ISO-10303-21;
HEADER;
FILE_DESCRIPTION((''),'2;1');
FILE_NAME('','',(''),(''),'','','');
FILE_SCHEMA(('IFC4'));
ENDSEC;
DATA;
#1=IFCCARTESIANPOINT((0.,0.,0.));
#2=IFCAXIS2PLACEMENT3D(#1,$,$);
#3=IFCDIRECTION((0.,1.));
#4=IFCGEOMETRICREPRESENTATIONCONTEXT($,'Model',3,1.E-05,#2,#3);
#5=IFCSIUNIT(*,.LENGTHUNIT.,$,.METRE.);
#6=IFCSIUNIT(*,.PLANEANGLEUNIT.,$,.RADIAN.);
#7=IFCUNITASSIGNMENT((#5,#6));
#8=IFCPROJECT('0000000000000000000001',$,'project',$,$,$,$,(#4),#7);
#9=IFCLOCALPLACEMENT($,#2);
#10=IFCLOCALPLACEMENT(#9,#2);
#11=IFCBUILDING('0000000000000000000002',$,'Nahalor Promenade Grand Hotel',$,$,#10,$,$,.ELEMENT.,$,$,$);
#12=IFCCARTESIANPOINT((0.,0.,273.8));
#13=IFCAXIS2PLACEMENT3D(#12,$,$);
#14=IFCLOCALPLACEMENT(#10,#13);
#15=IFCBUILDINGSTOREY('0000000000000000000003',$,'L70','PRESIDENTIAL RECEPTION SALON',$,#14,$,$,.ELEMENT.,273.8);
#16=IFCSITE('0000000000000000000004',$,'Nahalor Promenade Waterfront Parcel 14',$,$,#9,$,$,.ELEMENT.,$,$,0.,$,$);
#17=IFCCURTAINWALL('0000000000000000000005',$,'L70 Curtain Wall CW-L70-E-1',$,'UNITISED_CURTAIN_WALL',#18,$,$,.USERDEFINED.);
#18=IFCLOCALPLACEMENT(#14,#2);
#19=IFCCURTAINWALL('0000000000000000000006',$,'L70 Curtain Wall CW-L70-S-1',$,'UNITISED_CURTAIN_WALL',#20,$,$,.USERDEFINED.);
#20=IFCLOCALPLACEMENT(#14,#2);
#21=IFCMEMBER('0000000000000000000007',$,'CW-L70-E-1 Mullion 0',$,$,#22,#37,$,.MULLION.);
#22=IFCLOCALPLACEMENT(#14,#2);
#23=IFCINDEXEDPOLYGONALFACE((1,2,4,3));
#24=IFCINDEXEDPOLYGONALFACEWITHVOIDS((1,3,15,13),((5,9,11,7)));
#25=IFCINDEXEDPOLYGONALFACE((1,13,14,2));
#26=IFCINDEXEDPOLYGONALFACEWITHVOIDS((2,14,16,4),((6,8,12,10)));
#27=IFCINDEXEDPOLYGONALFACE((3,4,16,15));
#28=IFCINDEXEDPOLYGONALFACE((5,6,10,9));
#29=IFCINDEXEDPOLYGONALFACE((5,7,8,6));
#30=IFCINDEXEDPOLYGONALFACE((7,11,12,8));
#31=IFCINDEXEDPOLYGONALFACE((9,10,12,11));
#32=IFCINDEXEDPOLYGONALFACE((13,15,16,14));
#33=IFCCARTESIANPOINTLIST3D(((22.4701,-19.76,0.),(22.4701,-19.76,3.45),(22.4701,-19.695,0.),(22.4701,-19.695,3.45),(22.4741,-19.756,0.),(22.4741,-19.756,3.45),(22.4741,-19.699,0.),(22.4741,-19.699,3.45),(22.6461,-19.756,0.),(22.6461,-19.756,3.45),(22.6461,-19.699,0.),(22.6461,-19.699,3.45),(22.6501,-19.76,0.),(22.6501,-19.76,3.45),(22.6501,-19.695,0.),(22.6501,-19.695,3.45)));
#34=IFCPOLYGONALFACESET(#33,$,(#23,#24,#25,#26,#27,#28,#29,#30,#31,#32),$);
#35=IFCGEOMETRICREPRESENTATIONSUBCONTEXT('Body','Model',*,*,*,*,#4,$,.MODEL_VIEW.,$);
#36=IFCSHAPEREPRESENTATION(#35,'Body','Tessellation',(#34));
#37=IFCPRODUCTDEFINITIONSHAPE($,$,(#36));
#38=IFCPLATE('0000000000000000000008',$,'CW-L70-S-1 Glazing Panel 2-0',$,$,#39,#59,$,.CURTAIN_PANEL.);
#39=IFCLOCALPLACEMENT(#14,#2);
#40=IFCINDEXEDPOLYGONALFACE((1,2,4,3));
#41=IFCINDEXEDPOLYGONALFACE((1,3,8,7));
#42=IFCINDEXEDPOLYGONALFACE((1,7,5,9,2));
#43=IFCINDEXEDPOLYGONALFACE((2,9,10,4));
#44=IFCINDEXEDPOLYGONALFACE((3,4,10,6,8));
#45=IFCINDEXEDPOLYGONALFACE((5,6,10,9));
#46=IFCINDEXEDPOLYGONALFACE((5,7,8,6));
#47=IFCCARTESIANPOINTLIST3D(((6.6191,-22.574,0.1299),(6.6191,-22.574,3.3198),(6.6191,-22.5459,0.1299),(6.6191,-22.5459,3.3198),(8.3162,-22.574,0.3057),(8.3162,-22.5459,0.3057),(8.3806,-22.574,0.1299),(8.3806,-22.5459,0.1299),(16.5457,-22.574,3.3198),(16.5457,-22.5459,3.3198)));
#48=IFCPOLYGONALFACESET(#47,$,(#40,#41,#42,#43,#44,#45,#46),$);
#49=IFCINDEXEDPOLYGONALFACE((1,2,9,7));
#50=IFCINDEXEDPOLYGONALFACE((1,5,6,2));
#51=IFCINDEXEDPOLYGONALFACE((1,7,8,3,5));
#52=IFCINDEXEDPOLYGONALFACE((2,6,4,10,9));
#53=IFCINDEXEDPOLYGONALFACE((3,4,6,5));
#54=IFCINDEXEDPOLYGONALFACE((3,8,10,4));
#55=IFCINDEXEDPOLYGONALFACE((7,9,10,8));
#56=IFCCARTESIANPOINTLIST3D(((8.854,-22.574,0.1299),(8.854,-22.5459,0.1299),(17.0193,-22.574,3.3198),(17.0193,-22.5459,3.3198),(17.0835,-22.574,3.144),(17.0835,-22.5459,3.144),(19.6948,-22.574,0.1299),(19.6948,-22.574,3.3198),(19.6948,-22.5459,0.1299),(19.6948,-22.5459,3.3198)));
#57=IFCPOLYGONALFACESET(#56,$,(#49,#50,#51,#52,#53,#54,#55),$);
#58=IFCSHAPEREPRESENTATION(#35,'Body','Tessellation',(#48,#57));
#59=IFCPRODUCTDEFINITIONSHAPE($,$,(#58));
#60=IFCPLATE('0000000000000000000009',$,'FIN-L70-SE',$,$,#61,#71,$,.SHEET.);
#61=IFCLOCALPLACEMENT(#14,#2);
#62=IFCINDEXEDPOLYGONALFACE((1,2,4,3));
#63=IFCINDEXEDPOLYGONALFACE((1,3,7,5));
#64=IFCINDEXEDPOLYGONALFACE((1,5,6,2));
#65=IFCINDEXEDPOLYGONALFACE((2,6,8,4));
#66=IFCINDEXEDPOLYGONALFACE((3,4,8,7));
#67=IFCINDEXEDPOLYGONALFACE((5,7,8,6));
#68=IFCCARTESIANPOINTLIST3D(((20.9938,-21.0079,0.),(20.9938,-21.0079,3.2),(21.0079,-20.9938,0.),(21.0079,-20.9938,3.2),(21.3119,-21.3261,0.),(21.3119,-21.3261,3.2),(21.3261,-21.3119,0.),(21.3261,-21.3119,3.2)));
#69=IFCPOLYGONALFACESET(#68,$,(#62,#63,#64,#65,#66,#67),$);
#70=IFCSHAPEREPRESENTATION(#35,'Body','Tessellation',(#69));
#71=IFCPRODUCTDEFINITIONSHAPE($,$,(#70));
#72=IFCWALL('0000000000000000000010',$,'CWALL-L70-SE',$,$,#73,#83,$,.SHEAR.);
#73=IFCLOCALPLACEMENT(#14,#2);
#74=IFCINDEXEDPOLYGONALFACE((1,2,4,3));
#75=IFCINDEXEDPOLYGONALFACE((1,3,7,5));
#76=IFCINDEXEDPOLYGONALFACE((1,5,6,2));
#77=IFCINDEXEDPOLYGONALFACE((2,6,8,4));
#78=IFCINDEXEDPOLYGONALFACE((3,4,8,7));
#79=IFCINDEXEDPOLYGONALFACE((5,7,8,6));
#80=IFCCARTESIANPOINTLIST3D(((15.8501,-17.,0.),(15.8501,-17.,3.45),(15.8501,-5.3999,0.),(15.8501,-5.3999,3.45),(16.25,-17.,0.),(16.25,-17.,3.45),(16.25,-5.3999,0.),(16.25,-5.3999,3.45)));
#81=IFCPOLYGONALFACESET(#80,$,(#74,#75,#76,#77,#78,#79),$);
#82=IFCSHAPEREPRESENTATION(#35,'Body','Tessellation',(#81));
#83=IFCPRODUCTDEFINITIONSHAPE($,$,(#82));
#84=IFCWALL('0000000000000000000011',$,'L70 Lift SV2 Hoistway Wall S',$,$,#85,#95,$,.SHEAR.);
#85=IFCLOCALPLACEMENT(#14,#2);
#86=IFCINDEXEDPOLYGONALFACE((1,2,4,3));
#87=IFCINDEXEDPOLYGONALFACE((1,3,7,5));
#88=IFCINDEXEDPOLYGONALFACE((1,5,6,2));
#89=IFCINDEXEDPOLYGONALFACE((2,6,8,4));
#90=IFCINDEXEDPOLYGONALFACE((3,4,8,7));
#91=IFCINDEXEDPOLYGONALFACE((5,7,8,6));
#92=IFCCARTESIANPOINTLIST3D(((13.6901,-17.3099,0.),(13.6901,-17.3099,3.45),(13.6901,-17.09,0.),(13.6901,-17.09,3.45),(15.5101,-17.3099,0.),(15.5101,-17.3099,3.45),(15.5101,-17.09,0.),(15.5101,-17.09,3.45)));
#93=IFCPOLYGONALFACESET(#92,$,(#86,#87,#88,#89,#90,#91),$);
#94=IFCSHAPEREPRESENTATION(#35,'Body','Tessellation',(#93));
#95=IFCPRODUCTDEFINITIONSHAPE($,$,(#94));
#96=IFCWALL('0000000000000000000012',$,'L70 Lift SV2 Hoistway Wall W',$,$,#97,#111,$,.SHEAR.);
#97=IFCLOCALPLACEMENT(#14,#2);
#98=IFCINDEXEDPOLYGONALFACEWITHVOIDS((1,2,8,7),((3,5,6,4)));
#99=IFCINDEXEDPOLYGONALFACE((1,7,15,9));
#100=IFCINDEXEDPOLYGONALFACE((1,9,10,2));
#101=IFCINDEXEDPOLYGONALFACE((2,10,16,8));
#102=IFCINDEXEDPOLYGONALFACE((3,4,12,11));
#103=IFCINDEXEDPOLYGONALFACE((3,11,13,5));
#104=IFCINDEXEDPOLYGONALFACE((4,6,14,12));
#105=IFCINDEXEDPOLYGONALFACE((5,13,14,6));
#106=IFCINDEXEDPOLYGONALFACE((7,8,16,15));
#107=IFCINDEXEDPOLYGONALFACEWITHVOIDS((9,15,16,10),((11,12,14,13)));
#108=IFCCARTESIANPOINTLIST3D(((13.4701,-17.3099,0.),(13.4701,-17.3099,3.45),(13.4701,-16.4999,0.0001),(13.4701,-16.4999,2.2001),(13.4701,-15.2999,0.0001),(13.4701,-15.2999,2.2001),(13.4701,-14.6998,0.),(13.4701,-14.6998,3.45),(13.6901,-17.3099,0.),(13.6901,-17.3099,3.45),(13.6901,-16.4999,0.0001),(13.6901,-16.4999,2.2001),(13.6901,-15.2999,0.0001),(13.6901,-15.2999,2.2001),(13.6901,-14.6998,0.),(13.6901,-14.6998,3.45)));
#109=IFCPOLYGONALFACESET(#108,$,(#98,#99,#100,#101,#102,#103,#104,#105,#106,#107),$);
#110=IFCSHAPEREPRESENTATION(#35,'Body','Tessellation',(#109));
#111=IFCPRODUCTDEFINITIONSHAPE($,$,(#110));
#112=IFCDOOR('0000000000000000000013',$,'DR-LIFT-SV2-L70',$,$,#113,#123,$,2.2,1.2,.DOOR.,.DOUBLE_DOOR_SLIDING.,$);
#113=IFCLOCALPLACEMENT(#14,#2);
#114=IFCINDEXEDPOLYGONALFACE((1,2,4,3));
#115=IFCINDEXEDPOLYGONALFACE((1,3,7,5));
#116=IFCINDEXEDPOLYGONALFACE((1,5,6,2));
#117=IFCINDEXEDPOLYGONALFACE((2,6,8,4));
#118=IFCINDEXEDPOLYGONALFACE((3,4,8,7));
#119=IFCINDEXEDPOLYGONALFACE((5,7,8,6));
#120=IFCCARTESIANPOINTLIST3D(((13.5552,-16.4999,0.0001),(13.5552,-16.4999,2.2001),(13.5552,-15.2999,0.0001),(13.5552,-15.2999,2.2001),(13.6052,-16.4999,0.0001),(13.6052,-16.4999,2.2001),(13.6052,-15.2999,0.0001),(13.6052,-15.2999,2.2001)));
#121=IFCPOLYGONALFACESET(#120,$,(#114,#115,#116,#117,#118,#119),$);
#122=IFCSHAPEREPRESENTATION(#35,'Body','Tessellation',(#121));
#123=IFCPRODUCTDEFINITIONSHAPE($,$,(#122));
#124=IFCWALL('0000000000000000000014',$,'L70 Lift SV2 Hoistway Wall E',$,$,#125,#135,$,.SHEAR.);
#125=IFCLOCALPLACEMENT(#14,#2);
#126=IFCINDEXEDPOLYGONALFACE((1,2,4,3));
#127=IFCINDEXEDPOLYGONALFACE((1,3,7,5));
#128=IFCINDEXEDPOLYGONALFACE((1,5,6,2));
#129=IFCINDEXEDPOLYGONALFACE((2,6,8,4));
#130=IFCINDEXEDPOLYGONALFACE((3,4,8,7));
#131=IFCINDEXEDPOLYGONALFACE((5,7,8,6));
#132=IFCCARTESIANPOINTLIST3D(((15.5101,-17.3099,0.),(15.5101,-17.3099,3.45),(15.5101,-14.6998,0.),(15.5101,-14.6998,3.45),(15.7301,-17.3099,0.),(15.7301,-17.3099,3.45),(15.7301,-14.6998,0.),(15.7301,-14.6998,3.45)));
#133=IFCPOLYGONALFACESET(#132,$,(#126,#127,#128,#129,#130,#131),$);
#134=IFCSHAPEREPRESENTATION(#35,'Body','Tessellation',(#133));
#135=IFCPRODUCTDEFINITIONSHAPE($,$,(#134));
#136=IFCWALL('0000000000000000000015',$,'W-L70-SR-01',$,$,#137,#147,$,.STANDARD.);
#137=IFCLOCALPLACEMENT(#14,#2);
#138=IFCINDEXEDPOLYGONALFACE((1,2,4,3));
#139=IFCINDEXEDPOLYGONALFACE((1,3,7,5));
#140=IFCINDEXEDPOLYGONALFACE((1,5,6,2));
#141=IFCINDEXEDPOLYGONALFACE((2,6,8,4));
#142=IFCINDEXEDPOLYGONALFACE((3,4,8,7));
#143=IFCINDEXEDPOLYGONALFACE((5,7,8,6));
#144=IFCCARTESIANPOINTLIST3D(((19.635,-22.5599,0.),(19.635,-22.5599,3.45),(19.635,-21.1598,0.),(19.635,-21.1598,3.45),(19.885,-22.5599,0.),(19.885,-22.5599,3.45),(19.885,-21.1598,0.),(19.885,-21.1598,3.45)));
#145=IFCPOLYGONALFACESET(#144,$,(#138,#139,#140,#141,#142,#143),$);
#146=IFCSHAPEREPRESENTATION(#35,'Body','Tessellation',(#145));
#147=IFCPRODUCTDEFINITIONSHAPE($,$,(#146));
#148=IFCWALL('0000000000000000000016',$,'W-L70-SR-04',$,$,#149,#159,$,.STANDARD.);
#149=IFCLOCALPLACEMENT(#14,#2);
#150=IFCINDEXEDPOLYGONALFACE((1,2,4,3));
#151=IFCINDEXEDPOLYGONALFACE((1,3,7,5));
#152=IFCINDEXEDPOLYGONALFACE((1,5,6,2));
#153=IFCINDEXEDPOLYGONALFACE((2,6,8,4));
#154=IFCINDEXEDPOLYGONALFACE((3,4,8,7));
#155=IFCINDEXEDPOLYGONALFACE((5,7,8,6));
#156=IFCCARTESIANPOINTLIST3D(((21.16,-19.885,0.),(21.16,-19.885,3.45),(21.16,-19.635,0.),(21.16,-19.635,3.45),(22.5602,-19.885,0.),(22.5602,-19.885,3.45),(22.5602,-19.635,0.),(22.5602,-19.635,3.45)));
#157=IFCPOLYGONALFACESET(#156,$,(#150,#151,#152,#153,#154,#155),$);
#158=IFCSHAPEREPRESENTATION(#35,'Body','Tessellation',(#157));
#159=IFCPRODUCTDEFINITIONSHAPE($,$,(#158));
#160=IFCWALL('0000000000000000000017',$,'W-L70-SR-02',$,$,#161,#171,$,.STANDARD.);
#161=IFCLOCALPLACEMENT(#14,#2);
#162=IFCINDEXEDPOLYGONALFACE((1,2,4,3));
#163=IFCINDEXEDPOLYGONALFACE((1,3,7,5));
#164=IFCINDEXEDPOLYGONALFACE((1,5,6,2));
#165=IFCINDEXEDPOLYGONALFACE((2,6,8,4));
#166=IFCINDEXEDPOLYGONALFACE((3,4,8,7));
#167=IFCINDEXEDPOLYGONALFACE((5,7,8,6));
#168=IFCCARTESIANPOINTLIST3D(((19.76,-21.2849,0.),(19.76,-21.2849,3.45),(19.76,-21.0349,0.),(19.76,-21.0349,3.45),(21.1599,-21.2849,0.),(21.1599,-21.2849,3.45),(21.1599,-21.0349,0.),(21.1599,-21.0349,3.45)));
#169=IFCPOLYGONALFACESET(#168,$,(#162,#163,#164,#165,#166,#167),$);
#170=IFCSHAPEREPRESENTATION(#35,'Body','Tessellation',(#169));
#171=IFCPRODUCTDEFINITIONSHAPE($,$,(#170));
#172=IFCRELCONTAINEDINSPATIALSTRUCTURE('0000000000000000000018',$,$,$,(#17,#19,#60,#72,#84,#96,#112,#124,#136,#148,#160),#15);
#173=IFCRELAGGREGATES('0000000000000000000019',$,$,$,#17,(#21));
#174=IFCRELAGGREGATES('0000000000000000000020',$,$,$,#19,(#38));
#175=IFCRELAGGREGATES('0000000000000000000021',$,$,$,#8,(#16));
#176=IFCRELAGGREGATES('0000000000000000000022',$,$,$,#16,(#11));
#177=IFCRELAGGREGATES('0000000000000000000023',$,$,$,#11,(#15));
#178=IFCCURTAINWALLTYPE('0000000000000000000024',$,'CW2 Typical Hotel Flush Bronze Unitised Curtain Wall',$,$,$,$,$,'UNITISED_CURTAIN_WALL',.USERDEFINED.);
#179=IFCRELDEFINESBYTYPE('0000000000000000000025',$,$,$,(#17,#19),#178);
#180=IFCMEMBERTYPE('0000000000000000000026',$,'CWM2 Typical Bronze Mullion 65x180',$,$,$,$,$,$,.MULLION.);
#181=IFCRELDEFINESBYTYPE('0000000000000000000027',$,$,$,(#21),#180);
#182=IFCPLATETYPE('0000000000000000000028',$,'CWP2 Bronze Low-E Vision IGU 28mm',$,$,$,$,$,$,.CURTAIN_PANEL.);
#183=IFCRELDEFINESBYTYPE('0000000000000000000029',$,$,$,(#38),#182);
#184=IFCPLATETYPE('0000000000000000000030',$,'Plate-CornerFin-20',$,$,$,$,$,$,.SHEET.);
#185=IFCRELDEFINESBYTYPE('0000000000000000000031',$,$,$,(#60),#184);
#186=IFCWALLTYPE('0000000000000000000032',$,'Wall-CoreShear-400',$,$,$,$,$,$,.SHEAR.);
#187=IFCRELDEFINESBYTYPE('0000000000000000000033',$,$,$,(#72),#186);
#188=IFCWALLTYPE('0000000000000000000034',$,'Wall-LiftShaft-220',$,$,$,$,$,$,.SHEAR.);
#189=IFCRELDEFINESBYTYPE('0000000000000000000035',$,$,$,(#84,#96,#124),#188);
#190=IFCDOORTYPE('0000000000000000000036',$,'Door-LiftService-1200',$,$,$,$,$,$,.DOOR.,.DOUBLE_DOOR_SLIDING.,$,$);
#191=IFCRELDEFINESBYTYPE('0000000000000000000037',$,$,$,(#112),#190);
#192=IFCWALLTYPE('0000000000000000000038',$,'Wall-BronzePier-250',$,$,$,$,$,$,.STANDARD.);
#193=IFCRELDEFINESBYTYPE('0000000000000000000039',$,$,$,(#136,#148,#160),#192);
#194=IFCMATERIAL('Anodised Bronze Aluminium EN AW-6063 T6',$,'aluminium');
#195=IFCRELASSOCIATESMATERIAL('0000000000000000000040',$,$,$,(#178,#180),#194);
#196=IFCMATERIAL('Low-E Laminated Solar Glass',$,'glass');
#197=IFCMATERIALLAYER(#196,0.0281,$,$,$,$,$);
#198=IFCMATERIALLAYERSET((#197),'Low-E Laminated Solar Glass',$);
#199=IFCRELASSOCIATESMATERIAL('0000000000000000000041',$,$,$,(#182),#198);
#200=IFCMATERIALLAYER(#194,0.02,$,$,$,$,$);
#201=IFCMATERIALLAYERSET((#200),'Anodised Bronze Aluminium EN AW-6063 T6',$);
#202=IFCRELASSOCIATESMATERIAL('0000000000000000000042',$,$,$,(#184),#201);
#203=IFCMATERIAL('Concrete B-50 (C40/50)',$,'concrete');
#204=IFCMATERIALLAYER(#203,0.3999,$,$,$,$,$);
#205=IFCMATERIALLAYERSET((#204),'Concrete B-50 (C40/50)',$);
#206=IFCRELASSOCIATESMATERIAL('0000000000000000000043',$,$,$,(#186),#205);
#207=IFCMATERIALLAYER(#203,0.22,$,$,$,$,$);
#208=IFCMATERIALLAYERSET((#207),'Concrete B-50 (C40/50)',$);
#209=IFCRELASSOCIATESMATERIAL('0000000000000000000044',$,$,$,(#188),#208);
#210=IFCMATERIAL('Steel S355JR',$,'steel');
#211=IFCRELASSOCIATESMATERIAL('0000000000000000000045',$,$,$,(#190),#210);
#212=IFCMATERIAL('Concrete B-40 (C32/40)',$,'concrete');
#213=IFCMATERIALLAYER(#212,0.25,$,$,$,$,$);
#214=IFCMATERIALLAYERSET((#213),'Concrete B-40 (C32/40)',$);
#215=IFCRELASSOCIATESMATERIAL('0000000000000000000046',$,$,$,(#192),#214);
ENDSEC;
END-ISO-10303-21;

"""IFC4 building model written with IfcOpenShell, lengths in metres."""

from ifc_helpers import new_model, si_unit, direction, frame, frame_2d, origin, origin_2d, place, context, subcontext, project, spatial, polyline, rectangle, hollow_rectangle, outline, extrude, source, transform, mapped, material, layer, layer_set, material_profile, profile_set, type_object, element, fill, aggregate, save


model = new_model("IFC4")

# Units and contexts
model_context = context("Model", 3, precision=1e-05, world=origin(), true_north=direction((0.0, 1.0)))
body_context = subcontext(model_context, "Body", "Model", "MODEL_VIEW")
ifc_project = project(units=[si_unit("LENGTHUNIT", "METRE"), si_unit("PLANEANGLEUNIT", "RADIAN")], contexts=[model_context])

# Site, building, storey
site_placement = place(None, origin())
site = spatial("IfcSite", under=ifc_project, at=site_placement, Name="Nahalor Promenade Waterfront Parcel 14", CompositionType="ELEMENT", RefElevation=0.0)
building_placement = place(site_placement, origin())
building = spatial("IfcBuilding", under=site, at=building_placement, Name="Nahalor Promenade Grand Hotel", CompositionType="ELEMENT")
storey_placement = place(building_placement, frame((0.0, 0.0, 273.8)))
storey = spatial("IfcBuildingStorey", under=building, at=storey_placement, Name="L70", Description="PRESIDENTIAL RECEPTION SALON", CompositionType="ELEMENT", Elevation=273.8)

# Shared definitions
ifc_material_1 = material(Name="Concrete B-50 (C40/50)", Category="concrete")
ifc_material_2 = material(Name="Steel S355JR", Category="steel")

# Curtain wall
ifc_material_3 = material(Name="Anodised Bronze Aluminium EN AW-6063 T6", Category="aluminium")
curtain_wall_type = type_object("IfcCurtainWallType", Name="CW2 Typical Hotel Flush Bronze Unitised Curtain Wall", ElementType="UNITISED_CURTAIN_WALL", PredefinedType="USERDEFINED", material=ifc_material_3)
curtain_wall_1_placement = place(storey_placement, origin())
curtain_wall_1 = element("IfcCurtainWall", 1, at=curtain_wall_1_placement, inside=storey, type_object=curtain_wall_type, Name="L70 Curtain Wall CW-L70-E-1", ObjectType="UNITISED_CURTAIN_WALL", PredefinedType="USERDEFINED")

# Curtain wall
curtain_wall_2_placement = place(storey_placement, origin())
curtain_wall_2 = element("IfcCurtainWall", 2, at=curtain_wall_2_placement, inside=storey, type_object=curtain_wall_type, Name="L70 Curtain Wall CW-L70-S-1", ObjectType="UNITISED_CURTAIN_WALL", PredefinedType="USERDEFINED")
ifc_material_profile_1 = material_profile(ifc_material_3, hollow_rectangle(XDim=0.065, YDim=0.18, WallThickness=0.004, at=origin_2d()), Name="CWM 65x180x4")
ifc_profile_set_1 = profile_set([ifc_material_profile_1], Name="Anodised Bronze Aluminium EN AW-6063 T6")
member_type_1 = type_object("IfcMemberType", Name="CWM2 Typical Bronze Mullion 65x180", PredefinedType="MULLION", material=ifc_profile_set_1)
shared_shape_1 = source(origin(), body_context, "Body", "SweptSolid", [
    extrude(hollow_rectangle(XDim=0.065, YDim=0.18, WallThickness=0.004, at=origin_2d()), origin(), (0.0, 0.0, 1.0), 3.45),
])

# Member
member_1_placement = place(storey_placement, frame((22.5601, -19.7275, 0.0), z_axis=(0.0, 0.0, 1.0), x_axis=(0.0, 1.0, 0.0)))
member_1 = element("IfcMember", 3, at=member_1_placement, type_object=member_type_1, Name="CW-L70-E-1 Mullion 0", PredefinedType="MULLION", context=body_context, shape_type="MappedRepresentation", body=[
    mapped(shared_shape_1, transform((0.0, 0.0, 0.0), scale=1.0)),
])
aggregate(curtain_wall_1, [member_1])

# Plates
ifc_material_4 = material(Name="Low-E Laminated Solar Glass", Category="glass")
ifc_layer_1 = layer(ifc_material_4, 0.0281)
ifc_layer_set_1 = layer_set([ifc_layer_1], Name="Low-E Laminated Solar Glass")
plate_type_1 = type_object("IfcPlateType", Name="CWP2 Bronze Low-E Vision IGU 28mm", PredefinedType="CURTAIN_PANEL", material=ifc_layer_set_1)
plate_1_placement = place(storey_placement, frame((13.157, -22.5601, 0.1299), z_axis=(0.0, 0.0, 1.0), x_axis=(1.0, 0.0, 0.0)))
plate_1 = element("IfcPlate", 4, at=plate_1_placement, type_object=plate_type_1, Name="CW-L70-S-1 Glazing Panel 2-0", PredefinedType="CURTAIN_PANEL", context=body_context, shape_type="SweptSolid", body=[
    extrude(outline(polyline([(-6.5378, 3.1899), (-6.5378, 0.0), (-4.7764, 0.0), (-4.8408, 0.1758), (3.3887, 3.1899), (-6.5378, 3.1899)])), frame((0.0, 0.0142, 0.0), z_axis=(0.0, -1.0, 0.0), x_axis=(1.0, 0.0, 0.0)), (0.0, 0.0, 1.0), 0.0281),
    extrude(outline(polyline([(6.5378, 0.0), (6.5378, 3.1899), (3.8623, 3.1899), (3.9265, 3.0142), (-4.303, 0.0), (6.5378, 0.0)])), frame((0.0, 0.0142, 0.0), z_axis=(0.0, -1.0, 0.0), x_axis=(1.0, 0.0, 0.0)), (0.0, 0.0, 1.0), 0.0281),
])
aggregate(curtain_wall_2, [plate_1])
ifc_layer_2 = layer(ifc_material_3, 0.02)
ifc_layer_set_2 = layer_set([ifc_layer_2], Name="Anodised Bronze Aluminium EN AW-6063 T6")
plate_type_2 = type_object("IfcPlateType", Name="Plate-CornerFin-20", PredefinedType="SHEET", material=ifc_layer_set_2)
shared_shape_2 = source(origin(), body_context, "Body", "SweptSolid", [
    extrude(rectangle(XDim=0.45, YDim=0.02, at=origin_2d()), origin(), (0.0, 0.0, 1.0), 3.2),
])
plate_2_placement = place(storey_placement, frame((21.1599, -21.1599, 0.0), z_axis=(0.0, 0.0, 1.0), x_axis=(-0.707107, 0.707107, 0.0)))
element("IfcPlate", 5, at=plate_2_placement, inside=storey, type_object=plate_type_2, Name="FIN-L70-SE", PredefinedType="SHEET", context=body_context, shape_type="MappedRepresentation", body=[
    mapped(shared_shape_2, transform((0.0, 0.0, 0.0), scale=1.0)),
])

# Walls
ifc_layer_3 = layer(ifc_material_1, 0.3999)
ifc_layer_set_3 = layer_set([ifc_layer_3], Name="Concrete B-50 (C40/50)")
wall_type_1 = type_object("IfcWallType", Name="Wall-CoreShear-400", PredefinedType="SHEAR", material=ifc_layer_set_3)
shared_shape_3 = source(origin(), body_context, "Body", "SweptSolid", [
    extrude(rectangle(XDim=11.6001, YDim=0.3999, at=frame_2d((5.8, 0.0))), origin(), (0.0, 0.0, 1.0), 3.45),
])
wall_1_placement = place(storey_placement, frame((16.05, -17.0, 0.0), z_axis=(0.0, 0.0, 1.0), x_axis=(0.0, 1.0, 0.0)))
element("IfcWall", 6, at=wall_1_placement, inside=storey, type_object=wall_type_1, Name="CWALL-L70-SE", PredefinedType="SHEAR", context=body_context, shape_type="MappedRepresentation", body=[
    mapped(shared_shape_3, transform((0.0, 0.0, 0.0), scale=1.0)),
])
ifc_layer_4 = layer(ifc_material_1, 0.22)
ifc_layer_set_4 = layer_set([ifc_layer_4], Name="Concrete B-50 (C40/50)")
wall_type_2 = type_object("IfcWallType", Name="Wall-LiftShaft-220", PredefinedType="SHEAR", material=ifc_layer_set_4)
shared_shape_4 = source(origin(), body_context, "Body", "SweptSolid", [
    extrude(rectangle(XDim=1.8201, YDim=0.22, at=frame_2d((0.9102, 0.0))), origin(), (0.0, 0.0, 1.0), 3.45),
])
wall_2_placement = place(storey_placement, frame((13.6899, -17.2, 0.0), z_axis=(0.0, 0.0, 1.0), x_axis=(1.0, 0.0, 0.0)))
element("IfcWall", 7, at=wall_2_placement, inside=storey, type_object=wall_type_2, Name="L70 Lift SV2 Hoistway Wall S", PredefinedType="SHEAR", context=body_context, shape_type="MappedRepresentation", body=[
    mapped(shared_shape_4, transform((0.0, 0.0, 0.0), scale=1.0)),
])

# Wall, opening, door
shared_shape_5 = source(origin(), body_context, "Body", "SweptSolid", [
    extrude(rectangle(XDim=2.6101, YDim=0.22, at=frame_2d((1.3052, 0.0))), origin(), (0.0, 0.0, 1.0), 3.45),
])
wall_3_placement = place(storey_placement, frame((13.5801, -17.3101, 0.0), z_axis=(0.0, 0.0, 1.0), x_axis=(0.0, 1.0, 0.0)))
wall_3 = element("IfcWall", 8, at=wall_3_placement, inside=storey, type_object=wall_type_2, Name="L70 Lift SV2 Hoistway Wall W", PredefinedType="SHEAR", context=body_context, shape_type="MappedRepresentation", body=[
    mapped(shared_shape_5, transform((0.0, 0.0, 0.0), scale=1.0)),
])
opening_placement = place(wall_3_placement, frame((0.8101, 0.0, 0.0)))
opening = element("IfcOpeningElement", 9, at=opening_placement, cuts=wall_3, PredefinedType="OPENING", context=body_context, shape_type="SweptSolid", body=[
    extrude(rectangle(XDim=1.2, YDim=2.2, at=frame_2d((0.6001, 1.1001))), frame((0.0, 0.1199, 0.0), z_axis=(0.0, -1.0, 0.0), x_axis=(1.0, 0.0, 0.0)), (0.0, 0.0, 1.0), 0.24),
])
door_type = type_object("IfcDoorType", Name="Door-LiftService-1200", OperationType="DOUBLE_DOOR_SLIDING", PredefinedType="DOOR", material=ifc_material_2)
shared_shape_6 = source(origin(), body_context, "Body", "SweptSolid", [
    extrude(rectangle(XDim=1.2, YDim=2.2, at=frame_2d((0.6001, 1.1001))), frame((0.0, 0.0249, 0.0), z_axis=(0.0, -1.0, 0.0), x_axis=(1.0, 0.0, 0.0)), (0.0, 0.0, 1.0), 0.05),
])
door_placement = place(opening_placement, origin())
door = element("IfcDoor", 10, at=door_placement, inside=storey, type_object=door_type, Name="DR-LIFT-SV2-L70", OperationType="DOUBLE_DOOR_SLIDING", OverallHeight=2.2, OverallWidth=1.2, PredefinedType="DOOR", context=body_context, shape_type="MappedRepresentation", body=[
    mapped(shared_shape_6, transform((0.0, 0.0, 0.0), scale=1.0)),
])
fill(opening, door)

# Walls
wall_4_placement = place(storey_placement, frame((15.6201, -17.3101, 0.0), z_axis=(0.0, 0.0, 1.0), x_axis=(0.0, 1.0, 0.0)))
element("IfcWall", 11, at=wall_4_placement, inside=storey, type_object=wall_type_2, Name="L70 Lift SV2 Hoistway Wall E", PredefinedType="SHEAR", context=body_context, shape_type="MappedRepresentation", body=[
    mapped(shared_shape_5, transform((0.0, 0.0, 0.0), scale=1.0)),
])
ifc_material_5 = material(Name="Concrete B-40 (C32/40)", Category="concrete")
ifc_layer_5 = layer(ifc_material_5, 0.25)
ifc_layer_set_5 = layer_set([ifc_layer_5], Name="Concrete B-40 (C32/40)")
wall_type_3 = type_object("IfcWallType", Name="Wall-BronzePier-250", PredefinedType="STANDARD", material=ifc_layer_set_5)
shared_shape_7 = source(origin(), body_context, "Body", "SweptSolid", [
    extrude(rectangle(XDim=1.4001, YDim=0.25, at=frame_2d((0.7002, 0.0))), origin(), (0.0, 0.0, 1.0), 3.45),
])
for number, where, z_axis, x_axis, name in (
    (12, (19.76, -22.5601, 0.0), (0.0, 0.0, 1.0), (0.0, 1.0, 0.0), "W-L70-SR-01"),
    (13, (21.1599, -19.76, 0.0), (0.0, 0.0, 1.0), (1.0, 0.0, 0.0), "W-L70-SR-04"),
):
    element("IfcWall", number, at=place(storey_placement, frame(where, z_axis=z_axis, x_axis=x_axis)), inside=storey, type_object=wall_type_3, Name=name, PredefinedType="STANDARD", context=body_context, shape_type="MappedRepresentation", body=[
        mapped(shared_shape_7, transform((0.0, 0.0, 0.0), scale=1.0)),
    ])
shared_shape_8 = source(origin(), body_context, "Body", "SweptSolid", [
    extrude(rectangle(XDim=1.3999, YDim=0.25, at=frame_2d((0.7, 0.0))), origin(), (0.0, 0.0, 1.0), 3.45),
])
for number, where, z_axis, x_axis, name in (
    (14, (19.76, -21.1599, 0.0), (0.0, 0.0, 1.0), (1.0, 0.0, 0.0), "W-L70-SR-02"),
):
    element("IfcWall", number, at=place(storey_placement, frame(where, z_axis=z_axis, x_axis=x_axis)), inside=storey, type_object=wall_type_3, Name=name, PredefinedType="STANDARD", context=body_context, shape_type="MappedRepresentation", body=[
        mapped(shared_shape_8, transform((0.0, 0.0, 0.0), scale=1.0)),
    ])

save(model, "model.ifc")
